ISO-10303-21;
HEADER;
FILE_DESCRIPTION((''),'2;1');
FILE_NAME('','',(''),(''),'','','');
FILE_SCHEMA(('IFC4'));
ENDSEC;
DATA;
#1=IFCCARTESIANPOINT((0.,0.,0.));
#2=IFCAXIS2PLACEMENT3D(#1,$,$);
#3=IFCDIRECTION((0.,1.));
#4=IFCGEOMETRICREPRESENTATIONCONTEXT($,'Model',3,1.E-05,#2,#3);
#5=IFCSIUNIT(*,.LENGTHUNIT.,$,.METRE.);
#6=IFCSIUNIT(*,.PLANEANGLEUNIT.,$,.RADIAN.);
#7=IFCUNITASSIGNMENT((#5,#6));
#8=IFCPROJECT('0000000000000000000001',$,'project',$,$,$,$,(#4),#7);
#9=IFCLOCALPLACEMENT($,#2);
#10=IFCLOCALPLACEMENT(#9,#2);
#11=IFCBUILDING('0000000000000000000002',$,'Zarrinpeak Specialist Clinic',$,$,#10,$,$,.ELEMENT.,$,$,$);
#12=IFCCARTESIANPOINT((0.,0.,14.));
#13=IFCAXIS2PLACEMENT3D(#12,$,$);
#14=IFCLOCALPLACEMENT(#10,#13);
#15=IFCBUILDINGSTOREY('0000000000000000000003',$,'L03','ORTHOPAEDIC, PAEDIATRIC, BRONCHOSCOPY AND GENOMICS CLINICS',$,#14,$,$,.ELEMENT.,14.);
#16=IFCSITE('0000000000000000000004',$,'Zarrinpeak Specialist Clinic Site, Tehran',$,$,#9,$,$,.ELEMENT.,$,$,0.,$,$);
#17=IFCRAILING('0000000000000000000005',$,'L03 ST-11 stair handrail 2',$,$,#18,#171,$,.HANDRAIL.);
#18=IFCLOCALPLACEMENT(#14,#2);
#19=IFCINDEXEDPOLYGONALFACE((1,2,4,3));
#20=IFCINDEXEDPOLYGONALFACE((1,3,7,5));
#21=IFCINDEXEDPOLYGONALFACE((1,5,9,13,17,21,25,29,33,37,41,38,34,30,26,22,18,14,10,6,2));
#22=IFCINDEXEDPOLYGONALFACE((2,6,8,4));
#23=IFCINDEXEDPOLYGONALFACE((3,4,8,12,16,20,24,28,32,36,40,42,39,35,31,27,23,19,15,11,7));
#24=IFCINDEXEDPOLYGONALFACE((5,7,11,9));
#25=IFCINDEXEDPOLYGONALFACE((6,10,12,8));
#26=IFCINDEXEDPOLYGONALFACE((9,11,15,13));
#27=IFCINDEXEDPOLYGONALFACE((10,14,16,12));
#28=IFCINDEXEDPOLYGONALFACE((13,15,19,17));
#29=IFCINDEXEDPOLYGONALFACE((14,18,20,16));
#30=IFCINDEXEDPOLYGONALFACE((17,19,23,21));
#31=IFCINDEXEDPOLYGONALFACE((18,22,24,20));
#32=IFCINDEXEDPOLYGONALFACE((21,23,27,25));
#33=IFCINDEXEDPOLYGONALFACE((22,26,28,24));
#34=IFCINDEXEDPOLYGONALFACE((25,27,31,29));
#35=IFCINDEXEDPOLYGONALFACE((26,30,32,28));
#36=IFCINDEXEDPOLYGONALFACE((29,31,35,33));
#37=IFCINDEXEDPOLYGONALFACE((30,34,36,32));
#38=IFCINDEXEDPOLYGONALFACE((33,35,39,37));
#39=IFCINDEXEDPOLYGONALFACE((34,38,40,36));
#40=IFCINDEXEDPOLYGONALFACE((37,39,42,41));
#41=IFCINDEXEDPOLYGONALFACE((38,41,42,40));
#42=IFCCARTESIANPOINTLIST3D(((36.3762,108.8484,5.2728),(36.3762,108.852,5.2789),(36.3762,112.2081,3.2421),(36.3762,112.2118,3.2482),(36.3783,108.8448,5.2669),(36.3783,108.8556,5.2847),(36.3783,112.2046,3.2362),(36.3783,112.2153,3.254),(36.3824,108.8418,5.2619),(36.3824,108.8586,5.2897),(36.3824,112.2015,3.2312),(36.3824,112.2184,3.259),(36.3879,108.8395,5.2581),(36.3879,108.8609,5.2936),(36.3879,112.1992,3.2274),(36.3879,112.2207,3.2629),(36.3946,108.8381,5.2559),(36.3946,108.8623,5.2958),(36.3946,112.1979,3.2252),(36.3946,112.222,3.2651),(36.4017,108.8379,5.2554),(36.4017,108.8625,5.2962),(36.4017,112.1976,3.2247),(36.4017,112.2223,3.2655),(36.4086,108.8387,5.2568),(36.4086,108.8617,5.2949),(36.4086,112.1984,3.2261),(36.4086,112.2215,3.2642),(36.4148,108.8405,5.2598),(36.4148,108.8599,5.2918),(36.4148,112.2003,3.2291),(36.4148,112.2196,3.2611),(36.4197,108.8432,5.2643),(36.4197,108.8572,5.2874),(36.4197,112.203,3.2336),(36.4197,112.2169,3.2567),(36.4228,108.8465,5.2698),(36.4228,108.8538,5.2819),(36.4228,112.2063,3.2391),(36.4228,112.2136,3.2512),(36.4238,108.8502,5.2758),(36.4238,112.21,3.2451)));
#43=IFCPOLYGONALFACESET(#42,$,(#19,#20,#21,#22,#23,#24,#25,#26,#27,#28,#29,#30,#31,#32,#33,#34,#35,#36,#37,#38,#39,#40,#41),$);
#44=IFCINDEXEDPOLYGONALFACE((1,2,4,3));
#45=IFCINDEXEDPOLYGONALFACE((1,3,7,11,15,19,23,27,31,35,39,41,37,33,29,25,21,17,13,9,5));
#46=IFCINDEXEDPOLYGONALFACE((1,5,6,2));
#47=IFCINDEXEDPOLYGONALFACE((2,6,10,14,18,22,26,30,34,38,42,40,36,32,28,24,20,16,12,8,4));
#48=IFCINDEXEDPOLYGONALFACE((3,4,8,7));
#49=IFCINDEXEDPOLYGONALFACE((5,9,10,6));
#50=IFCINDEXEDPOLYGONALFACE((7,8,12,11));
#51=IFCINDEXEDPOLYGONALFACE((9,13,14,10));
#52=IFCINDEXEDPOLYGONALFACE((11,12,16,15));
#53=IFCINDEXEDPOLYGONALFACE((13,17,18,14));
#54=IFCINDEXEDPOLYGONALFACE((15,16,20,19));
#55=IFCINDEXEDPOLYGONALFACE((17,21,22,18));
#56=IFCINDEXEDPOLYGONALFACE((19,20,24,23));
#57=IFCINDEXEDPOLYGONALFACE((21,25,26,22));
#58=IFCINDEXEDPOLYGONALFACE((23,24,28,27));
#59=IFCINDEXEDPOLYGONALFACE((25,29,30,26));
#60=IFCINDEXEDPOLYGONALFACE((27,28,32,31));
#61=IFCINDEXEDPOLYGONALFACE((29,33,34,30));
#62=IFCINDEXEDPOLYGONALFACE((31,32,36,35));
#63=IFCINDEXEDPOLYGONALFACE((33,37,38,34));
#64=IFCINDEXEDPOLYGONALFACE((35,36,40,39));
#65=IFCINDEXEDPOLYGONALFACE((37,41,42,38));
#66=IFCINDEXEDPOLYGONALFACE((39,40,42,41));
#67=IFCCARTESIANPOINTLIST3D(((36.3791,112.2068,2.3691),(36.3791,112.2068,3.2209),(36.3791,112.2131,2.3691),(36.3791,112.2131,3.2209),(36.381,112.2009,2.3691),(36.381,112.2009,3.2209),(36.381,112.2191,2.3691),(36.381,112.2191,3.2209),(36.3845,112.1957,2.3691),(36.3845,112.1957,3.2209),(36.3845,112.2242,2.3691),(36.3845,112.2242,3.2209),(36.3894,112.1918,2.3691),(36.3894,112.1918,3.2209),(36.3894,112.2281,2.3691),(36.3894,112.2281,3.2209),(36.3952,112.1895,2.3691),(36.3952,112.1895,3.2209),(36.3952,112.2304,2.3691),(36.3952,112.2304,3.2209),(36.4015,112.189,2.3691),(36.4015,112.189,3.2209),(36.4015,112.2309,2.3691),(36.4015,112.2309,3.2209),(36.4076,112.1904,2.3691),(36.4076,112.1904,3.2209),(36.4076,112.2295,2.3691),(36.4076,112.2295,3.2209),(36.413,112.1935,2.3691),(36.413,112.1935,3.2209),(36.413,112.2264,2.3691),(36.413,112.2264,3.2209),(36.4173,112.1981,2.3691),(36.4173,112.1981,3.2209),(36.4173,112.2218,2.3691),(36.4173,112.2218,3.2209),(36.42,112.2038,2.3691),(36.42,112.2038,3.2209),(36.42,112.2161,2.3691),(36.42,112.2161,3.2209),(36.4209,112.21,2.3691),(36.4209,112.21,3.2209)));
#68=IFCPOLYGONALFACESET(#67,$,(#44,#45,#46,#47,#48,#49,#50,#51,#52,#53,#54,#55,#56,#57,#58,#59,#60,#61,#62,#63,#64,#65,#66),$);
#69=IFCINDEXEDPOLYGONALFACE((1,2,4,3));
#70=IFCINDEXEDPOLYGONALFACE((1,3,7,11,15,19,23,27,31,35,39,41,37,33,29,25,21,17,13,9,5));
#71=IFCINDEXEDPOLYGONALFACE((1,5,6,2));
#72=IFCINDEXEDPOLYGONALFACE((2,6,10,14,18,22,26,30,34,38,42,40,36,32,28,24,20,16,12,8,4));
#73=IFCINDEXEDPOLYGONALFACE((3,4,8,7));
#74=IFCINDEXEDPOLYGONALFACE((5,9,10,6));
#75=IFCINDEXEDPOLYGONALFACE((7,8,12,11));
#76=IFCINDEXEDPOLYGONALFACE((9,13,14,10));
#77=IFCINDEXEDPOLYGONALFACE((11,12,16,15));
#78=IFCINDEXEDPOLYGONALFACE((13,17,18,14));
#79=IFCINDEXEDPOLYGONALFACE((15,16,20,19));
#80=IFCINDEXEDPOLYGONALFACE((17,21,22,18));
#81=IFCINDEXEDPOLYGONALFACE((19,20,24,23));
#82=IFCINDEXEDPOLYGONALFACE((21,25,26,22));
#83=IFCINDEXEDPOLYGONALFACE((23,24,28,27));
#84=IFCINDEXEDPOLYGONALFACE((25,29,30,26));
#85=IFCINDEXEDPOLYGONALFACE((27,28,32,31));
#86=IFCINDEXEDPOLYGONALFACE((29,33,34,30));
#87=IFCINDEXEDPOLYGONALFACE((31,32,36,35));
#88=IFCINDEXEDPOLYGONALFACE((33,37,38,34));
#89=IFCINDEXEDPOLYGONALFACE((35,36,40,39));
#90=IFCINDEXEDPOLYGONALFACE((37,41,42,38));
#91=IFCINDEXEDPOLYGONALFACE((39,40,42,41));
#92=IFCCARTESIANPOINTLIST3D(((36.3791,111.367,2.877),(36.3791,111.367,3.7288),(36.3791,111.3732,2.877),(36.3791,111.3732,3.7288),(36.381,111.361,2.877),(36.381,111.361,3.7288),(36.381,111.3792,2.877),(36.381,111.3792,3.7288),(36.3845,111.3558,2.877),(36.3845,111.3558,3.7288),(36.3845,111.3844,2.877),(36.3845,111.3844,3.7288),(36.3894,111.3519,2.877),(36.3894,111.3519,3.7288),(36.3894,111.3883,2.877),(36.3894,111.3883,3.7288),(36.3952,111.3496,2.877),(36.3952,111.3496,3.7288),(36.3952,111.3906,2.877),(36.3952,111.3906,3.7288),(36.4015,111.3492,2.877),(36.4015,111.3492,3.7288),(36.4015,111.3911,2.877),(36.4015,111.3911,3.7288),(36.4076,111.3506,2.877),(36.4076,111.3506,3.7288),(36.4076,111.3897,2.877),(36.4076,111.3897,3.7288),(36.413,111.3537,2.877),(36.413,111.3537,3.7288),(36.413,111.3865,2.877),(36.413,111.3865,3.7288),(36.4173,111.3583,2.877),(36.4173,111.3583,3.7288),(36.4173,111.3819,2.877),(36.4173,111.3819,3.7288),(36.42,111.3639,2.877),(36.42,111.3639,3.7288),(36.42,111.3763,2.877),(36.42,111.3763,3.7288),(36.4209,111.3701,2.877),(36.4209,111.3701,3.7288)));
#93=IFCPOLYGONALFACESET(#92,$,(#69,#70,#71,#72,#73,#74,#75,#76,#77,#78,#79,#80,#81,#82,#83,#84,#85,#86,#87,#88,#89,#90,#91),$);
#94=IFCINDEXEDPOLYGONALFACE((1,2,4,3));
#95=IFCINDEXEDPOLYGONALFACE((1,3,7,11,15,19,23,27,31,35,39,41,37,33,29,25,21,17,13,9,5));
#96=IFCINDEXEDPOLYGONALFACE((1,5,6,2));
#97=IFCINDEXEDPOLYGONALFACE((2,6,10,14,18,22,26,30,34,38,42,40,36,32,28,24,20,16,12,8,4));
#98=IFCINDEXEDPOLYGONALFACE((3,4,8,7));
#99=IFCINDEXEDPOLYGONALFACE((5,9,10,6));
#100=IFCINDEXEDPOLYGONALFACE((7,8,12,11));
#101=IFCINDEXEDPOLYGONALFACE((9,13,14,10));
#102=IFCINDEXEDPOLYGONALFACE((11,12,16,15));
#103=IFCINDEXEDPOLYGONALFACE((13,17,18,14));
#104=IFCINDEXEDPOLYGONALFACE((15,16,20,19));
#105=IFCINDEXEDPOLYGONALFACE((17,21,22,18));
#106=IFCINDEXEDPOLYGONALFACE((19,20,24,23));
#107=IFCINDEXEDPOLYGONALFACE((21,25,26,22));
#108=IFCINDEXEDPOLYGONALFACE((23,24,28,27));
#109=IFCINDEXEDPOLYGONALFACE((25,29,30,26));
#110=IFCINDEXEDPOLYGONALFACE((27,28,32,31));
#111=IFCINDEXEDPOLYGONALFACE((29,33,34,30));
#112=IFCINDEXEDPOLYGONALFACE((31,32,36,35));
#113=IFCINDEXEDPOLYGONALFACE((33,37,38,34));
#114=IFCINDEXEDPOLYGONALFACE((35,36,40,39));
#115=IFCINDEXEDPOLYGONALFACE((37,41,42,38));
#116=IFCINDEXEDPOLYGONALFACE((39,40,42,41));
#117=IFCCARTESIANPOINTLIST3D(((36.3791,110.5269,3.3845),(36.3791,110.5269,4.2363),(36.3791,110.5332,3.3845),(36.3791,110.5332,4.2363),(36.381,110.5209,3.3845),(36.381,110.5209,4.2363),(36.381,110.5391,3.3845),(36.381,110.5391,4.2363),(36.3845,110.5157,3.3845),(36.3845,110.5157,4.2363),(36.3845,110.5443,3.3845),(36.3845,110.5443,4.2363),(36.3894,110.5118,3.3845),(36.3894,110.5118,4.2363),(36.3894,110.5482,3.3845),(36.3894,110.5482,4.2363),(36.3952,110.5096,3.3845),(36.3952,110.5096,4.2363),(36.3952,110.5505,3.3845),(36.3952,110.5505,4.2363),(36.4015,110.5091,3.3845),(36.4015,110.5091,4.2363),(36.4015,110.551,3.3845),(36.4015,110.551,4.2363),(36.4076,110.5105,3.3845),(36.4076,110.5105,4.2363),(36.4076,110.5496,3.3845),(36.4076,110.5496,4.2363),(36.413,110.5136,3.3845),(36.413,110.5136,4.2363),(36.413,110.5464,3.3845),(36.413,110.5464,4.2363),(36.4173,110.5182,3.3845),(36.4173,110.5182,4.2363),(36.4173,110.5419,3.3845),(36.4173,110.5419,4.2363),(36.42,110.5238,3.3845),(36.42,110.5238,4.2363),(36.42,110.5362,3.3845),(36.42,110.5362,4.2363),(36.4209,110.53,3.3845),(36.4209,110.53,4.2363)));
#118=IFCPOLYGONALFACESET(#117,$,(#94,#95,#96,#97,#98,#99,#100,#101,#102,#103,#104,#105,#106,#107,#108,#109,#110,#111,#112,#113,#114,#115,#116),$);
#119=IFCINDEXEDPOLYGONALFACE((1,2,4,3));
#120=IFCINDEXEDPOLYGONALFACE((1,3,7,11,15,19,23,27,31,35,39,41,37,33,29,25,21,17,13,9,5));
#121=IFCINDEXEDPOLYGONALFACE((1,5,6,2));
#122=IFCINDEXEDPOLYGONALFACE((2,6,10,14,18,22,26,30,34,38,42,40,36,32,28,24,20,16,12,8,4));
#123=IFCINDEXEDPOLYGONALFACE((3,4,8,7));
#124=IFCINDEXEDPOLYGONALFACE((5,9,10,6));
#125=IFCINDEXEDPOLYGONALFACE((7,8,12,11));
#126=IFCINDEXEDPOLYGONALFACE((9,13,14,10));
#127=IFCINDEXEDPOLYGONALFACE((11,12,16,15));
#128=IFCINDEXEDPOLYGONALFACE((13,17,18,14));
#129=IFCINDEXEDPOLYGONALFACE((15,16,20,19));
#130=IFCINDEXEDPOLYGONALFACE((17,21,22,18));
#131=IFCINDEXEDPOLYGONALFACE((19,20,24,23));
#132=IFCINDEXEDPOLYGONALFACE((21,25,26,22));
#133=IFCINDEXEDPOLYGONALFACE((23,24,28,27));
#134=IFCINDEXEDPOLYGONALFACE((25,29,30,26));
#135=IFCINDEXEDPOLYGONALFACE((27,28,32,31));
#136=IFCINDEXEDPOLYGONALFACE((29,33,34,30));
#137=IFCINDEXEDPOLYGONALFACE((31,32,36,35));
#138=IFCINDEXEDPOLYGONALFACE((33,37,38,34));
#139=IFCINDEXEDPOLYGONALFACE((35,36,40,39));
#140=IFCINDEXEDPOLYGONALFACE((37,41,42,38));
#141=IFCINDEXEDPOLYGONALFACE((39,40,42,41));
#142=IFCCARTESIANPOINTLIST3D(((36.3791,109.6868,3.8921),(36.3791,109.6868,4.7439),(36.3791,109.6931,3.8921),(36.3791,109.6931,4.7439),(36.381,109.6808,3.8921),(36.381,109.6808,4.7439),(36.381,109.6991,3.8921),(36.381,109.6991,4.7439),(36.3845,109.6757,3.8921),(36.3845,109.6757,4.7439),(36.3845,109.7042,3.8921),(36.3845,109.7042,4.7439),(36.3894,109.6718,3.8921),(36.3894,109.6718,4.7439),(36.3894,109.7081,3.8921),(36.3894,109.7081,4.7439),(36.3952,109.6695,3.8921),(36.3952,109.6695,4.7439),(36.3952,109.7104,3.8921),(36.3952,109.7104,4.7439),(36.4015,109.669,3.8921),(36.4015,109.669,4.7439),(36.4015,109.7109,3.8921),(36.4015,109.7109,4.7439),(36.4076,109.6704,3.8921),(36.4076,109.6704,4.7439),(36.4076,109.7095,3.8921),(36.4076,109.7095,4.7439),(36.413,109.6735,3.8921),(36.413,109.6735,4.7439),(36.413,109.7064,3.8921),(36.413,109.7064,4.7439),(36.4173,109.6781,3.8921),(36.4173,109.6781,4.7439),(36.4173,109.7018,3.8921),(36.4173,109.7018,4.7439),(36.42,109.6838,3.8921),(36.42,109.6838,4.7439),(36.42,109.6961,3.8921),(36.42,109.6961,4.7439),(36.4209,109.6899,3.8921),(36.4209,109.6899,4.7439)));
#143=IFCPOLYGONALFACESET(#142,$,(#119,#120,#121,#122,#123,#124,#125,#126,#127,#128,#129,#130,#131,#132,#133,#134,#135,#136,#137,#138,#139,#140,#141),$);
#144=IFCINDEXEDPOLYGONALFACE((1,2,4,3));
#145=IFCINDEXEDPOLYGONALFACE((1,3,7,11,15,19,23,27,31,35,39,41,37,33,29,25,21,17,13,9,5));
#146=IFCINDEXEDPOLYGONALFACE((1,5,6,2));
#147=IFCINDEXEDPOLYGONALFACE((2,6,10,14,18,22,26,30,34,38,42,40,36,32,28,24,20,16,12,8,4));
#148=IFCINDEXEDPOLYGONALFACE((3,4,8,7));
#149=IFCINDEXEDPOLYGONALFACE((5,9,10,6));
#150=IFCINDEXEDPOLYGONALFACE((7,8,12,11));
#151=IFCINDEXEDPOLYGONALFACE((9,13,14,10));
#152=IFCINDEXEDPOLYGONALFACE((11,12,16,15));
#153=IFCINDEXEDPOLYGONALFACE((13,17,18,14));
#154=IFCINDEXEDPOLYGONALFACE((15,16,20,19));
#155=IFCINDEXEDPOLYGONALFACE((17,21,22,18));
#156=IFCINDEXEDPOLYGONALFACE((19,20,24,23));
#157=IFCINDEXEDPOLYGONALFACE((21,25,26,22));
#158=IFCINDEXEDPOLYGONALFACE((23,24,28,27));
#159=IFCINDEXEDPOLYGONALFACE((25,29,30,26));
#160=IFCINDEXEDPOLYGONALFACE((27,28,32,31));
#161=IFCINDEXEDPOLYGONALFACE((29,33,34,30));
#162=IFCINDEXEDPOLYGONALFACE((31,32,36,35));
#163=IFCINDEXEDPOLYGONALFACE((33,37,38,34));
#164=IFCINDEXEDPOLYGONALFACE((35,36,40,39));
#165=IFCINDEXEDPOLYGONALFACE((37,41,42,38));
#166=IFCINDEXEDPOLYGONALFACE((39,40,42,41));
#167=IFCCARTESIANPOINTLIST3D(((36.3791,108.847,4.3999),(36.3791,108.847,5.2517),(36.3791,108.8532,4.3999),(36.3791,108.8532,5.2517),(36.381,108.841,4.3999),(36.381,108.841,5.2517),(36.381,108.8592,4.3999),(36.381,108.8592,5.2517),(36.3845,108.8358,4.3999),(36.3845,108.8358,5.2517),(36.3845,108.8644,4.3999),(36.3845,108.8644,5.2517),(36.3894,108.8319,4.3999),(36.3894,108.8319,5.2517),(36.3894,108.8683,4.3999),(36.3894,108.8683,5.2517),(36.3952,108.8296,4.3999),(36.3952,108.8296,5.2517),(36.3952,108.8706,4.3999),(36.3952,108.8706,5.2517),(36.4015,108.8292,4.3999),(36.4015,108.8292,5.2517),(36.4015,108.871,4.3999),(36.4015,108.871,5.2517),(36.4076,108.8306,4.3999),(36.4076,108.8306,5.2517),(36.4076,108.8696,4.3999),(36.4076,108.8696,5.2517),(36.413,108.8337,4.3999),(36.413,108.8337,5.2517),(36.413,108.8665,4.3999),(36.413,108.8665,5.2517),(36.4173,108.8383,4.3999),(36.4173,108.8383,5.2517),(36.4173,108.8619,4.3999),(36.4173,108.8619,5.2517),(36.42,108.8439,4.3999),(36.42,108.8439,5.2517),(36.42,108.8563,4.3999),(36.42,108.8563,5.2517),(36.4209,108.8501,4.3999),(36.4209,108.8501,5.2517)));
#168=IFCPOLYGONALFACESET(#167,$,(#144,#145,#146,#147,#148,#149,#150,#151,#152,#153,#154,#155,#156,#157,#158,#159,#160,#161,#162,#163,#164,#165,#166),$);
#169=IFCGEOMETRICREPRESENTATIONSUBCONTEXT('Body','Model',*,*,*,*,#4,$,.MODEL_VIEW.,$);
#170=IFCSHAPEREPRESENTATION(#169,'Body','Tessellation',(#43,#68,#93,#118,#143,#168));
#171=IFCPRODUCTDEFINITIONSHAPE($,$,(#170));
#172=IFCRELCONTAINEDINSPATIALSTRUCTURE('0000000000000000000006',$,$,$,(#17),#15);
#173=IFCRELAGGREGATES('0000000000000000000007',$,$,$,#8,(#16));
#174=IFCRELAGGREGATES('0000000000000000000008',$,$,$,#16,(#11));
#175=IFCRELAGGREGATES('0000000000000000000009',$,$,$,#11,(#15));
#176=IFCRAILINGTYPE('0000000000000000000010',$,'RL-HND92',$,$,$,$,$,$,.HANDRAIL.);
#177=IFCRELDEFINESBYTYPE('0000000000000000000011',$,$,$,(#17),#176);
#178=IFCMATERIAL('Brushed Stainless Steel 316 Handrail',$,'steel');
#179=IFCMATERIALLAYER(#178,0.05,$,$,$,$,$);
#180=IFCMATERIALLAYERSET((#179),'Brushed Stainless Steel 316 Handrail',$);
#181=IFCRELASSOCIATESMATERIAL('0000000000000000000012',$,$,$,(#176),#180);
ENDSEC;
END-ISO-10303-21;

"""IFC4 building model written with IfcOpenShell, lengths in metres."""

from ifc_helpers import new_model, si_unit, direction, frame, origin, origin_2d, place, context, subcontext, project, spatial, circle, extrude, material, layer, layer_set, type_object, element, save


model = new_model("IFC4")

# Units and contexts
model_context = context("Model", 3, precision=1e-05, world=origin(), true_north=direction((0.0, 1.0)))
body_context = subcontext(model_context, "Body", "Model", "MODEL_VIEW")
ifc_project = project(units=[si_unit("LENGTHUNIT", "METRE"), si_unit("PLANEANGLEUNIT", "RADIAN")], contexts=[model_context])

# Site, building, storey
site_placement = place(None, origin())
site = spatial("IfcSite", under=ifc_project, at=site_placement, Name="Zarrinpeak Specialist Clinic Site, Tehran", CompositionType="ELEMENT", RefElevation=0.0)
building_placement = place(site_placement, origin())
building = spatial("IfcBuilding", under=site, at=building_placement, Name="Zarrinpeak Specialist Clinic", CompositionType="ELEMENT")
storey_placement = place(building_placement, frame((0.0, 0.0, 14.0)))
storey = spatial("IfcBuildingStorey", under=building, at=storey_placement, Name="L03", Description="ORTHOPAEDIC, PAEDIATRIC, BRONCHOSCOPY AND GENOMICS CLINICS", CompositionType="ELEMENT", Elevation=14.0)

# Railing
ifc_material_1 = material(Name="Brushed Stainless Steel 316 Handrail", Category="steel")
ifc_layer_1 = layer(ifc_material_1, 0.05)
ifc_layer_set_1 = layer_set([ifc_layer_1], Name="Brushed Stainless Steel 316 Handrail")
railing_type_1 = type_object("IfcRailingType", Name="RL-HND92", PredefinedType="HANDRAIL", material=ifc_layer_set_1)
railing_1_placement = place(storey_placement, frame((36.3999, 112.21, 2.3691)))
element("IfcRailing", 1, at=railing_1_placement, inside=storey, type_object=railing_type_1, Name="L03 ST-11 stair handrail 2", PredefinedType="HANDRAIL", context=body_context, shape_type="SweptSolid", body=[
    extrude(circle(Radius=0.0239, at=origin_2d()), frame((0.0, 0.0, 0.876), z_axis=(0.0, -0.85582, 0.517273), x_axis=(1.0, 0.0, 0.0)), (0.0, 0.0, 1.0), 3.9258),
    extrude(circle(Radius=0.021, at=origin_2d()), origin(), (0.0, 0.0, 1.0), 0.8518),
    extrude(circle(Radius=0.021, at=origin_2d()), frame((0.0, -0.8398, 0.5078)), (0.0, 0.0, 1.0), 0.8518),
    extrude(circle(Radius=0.021, at=origin_2d()), frame((0.0, -1.6799, 1.0154)), (0.0, 0.0, 1.0), 0.8518),
    extrude(circle(Radius=0.021, at=origin_2d()), frame((0.0, -2.52, 1.5229)), (0.0, 0.0, 1.0), 0.8518),
    extrude(circle(Radius=0.021, at=origin_2d()), frame((0.0, -3.3599, 2.0308)), (0.0, 0.0, 1.0), 0.8518),
])

save(model, "model.ifc")
